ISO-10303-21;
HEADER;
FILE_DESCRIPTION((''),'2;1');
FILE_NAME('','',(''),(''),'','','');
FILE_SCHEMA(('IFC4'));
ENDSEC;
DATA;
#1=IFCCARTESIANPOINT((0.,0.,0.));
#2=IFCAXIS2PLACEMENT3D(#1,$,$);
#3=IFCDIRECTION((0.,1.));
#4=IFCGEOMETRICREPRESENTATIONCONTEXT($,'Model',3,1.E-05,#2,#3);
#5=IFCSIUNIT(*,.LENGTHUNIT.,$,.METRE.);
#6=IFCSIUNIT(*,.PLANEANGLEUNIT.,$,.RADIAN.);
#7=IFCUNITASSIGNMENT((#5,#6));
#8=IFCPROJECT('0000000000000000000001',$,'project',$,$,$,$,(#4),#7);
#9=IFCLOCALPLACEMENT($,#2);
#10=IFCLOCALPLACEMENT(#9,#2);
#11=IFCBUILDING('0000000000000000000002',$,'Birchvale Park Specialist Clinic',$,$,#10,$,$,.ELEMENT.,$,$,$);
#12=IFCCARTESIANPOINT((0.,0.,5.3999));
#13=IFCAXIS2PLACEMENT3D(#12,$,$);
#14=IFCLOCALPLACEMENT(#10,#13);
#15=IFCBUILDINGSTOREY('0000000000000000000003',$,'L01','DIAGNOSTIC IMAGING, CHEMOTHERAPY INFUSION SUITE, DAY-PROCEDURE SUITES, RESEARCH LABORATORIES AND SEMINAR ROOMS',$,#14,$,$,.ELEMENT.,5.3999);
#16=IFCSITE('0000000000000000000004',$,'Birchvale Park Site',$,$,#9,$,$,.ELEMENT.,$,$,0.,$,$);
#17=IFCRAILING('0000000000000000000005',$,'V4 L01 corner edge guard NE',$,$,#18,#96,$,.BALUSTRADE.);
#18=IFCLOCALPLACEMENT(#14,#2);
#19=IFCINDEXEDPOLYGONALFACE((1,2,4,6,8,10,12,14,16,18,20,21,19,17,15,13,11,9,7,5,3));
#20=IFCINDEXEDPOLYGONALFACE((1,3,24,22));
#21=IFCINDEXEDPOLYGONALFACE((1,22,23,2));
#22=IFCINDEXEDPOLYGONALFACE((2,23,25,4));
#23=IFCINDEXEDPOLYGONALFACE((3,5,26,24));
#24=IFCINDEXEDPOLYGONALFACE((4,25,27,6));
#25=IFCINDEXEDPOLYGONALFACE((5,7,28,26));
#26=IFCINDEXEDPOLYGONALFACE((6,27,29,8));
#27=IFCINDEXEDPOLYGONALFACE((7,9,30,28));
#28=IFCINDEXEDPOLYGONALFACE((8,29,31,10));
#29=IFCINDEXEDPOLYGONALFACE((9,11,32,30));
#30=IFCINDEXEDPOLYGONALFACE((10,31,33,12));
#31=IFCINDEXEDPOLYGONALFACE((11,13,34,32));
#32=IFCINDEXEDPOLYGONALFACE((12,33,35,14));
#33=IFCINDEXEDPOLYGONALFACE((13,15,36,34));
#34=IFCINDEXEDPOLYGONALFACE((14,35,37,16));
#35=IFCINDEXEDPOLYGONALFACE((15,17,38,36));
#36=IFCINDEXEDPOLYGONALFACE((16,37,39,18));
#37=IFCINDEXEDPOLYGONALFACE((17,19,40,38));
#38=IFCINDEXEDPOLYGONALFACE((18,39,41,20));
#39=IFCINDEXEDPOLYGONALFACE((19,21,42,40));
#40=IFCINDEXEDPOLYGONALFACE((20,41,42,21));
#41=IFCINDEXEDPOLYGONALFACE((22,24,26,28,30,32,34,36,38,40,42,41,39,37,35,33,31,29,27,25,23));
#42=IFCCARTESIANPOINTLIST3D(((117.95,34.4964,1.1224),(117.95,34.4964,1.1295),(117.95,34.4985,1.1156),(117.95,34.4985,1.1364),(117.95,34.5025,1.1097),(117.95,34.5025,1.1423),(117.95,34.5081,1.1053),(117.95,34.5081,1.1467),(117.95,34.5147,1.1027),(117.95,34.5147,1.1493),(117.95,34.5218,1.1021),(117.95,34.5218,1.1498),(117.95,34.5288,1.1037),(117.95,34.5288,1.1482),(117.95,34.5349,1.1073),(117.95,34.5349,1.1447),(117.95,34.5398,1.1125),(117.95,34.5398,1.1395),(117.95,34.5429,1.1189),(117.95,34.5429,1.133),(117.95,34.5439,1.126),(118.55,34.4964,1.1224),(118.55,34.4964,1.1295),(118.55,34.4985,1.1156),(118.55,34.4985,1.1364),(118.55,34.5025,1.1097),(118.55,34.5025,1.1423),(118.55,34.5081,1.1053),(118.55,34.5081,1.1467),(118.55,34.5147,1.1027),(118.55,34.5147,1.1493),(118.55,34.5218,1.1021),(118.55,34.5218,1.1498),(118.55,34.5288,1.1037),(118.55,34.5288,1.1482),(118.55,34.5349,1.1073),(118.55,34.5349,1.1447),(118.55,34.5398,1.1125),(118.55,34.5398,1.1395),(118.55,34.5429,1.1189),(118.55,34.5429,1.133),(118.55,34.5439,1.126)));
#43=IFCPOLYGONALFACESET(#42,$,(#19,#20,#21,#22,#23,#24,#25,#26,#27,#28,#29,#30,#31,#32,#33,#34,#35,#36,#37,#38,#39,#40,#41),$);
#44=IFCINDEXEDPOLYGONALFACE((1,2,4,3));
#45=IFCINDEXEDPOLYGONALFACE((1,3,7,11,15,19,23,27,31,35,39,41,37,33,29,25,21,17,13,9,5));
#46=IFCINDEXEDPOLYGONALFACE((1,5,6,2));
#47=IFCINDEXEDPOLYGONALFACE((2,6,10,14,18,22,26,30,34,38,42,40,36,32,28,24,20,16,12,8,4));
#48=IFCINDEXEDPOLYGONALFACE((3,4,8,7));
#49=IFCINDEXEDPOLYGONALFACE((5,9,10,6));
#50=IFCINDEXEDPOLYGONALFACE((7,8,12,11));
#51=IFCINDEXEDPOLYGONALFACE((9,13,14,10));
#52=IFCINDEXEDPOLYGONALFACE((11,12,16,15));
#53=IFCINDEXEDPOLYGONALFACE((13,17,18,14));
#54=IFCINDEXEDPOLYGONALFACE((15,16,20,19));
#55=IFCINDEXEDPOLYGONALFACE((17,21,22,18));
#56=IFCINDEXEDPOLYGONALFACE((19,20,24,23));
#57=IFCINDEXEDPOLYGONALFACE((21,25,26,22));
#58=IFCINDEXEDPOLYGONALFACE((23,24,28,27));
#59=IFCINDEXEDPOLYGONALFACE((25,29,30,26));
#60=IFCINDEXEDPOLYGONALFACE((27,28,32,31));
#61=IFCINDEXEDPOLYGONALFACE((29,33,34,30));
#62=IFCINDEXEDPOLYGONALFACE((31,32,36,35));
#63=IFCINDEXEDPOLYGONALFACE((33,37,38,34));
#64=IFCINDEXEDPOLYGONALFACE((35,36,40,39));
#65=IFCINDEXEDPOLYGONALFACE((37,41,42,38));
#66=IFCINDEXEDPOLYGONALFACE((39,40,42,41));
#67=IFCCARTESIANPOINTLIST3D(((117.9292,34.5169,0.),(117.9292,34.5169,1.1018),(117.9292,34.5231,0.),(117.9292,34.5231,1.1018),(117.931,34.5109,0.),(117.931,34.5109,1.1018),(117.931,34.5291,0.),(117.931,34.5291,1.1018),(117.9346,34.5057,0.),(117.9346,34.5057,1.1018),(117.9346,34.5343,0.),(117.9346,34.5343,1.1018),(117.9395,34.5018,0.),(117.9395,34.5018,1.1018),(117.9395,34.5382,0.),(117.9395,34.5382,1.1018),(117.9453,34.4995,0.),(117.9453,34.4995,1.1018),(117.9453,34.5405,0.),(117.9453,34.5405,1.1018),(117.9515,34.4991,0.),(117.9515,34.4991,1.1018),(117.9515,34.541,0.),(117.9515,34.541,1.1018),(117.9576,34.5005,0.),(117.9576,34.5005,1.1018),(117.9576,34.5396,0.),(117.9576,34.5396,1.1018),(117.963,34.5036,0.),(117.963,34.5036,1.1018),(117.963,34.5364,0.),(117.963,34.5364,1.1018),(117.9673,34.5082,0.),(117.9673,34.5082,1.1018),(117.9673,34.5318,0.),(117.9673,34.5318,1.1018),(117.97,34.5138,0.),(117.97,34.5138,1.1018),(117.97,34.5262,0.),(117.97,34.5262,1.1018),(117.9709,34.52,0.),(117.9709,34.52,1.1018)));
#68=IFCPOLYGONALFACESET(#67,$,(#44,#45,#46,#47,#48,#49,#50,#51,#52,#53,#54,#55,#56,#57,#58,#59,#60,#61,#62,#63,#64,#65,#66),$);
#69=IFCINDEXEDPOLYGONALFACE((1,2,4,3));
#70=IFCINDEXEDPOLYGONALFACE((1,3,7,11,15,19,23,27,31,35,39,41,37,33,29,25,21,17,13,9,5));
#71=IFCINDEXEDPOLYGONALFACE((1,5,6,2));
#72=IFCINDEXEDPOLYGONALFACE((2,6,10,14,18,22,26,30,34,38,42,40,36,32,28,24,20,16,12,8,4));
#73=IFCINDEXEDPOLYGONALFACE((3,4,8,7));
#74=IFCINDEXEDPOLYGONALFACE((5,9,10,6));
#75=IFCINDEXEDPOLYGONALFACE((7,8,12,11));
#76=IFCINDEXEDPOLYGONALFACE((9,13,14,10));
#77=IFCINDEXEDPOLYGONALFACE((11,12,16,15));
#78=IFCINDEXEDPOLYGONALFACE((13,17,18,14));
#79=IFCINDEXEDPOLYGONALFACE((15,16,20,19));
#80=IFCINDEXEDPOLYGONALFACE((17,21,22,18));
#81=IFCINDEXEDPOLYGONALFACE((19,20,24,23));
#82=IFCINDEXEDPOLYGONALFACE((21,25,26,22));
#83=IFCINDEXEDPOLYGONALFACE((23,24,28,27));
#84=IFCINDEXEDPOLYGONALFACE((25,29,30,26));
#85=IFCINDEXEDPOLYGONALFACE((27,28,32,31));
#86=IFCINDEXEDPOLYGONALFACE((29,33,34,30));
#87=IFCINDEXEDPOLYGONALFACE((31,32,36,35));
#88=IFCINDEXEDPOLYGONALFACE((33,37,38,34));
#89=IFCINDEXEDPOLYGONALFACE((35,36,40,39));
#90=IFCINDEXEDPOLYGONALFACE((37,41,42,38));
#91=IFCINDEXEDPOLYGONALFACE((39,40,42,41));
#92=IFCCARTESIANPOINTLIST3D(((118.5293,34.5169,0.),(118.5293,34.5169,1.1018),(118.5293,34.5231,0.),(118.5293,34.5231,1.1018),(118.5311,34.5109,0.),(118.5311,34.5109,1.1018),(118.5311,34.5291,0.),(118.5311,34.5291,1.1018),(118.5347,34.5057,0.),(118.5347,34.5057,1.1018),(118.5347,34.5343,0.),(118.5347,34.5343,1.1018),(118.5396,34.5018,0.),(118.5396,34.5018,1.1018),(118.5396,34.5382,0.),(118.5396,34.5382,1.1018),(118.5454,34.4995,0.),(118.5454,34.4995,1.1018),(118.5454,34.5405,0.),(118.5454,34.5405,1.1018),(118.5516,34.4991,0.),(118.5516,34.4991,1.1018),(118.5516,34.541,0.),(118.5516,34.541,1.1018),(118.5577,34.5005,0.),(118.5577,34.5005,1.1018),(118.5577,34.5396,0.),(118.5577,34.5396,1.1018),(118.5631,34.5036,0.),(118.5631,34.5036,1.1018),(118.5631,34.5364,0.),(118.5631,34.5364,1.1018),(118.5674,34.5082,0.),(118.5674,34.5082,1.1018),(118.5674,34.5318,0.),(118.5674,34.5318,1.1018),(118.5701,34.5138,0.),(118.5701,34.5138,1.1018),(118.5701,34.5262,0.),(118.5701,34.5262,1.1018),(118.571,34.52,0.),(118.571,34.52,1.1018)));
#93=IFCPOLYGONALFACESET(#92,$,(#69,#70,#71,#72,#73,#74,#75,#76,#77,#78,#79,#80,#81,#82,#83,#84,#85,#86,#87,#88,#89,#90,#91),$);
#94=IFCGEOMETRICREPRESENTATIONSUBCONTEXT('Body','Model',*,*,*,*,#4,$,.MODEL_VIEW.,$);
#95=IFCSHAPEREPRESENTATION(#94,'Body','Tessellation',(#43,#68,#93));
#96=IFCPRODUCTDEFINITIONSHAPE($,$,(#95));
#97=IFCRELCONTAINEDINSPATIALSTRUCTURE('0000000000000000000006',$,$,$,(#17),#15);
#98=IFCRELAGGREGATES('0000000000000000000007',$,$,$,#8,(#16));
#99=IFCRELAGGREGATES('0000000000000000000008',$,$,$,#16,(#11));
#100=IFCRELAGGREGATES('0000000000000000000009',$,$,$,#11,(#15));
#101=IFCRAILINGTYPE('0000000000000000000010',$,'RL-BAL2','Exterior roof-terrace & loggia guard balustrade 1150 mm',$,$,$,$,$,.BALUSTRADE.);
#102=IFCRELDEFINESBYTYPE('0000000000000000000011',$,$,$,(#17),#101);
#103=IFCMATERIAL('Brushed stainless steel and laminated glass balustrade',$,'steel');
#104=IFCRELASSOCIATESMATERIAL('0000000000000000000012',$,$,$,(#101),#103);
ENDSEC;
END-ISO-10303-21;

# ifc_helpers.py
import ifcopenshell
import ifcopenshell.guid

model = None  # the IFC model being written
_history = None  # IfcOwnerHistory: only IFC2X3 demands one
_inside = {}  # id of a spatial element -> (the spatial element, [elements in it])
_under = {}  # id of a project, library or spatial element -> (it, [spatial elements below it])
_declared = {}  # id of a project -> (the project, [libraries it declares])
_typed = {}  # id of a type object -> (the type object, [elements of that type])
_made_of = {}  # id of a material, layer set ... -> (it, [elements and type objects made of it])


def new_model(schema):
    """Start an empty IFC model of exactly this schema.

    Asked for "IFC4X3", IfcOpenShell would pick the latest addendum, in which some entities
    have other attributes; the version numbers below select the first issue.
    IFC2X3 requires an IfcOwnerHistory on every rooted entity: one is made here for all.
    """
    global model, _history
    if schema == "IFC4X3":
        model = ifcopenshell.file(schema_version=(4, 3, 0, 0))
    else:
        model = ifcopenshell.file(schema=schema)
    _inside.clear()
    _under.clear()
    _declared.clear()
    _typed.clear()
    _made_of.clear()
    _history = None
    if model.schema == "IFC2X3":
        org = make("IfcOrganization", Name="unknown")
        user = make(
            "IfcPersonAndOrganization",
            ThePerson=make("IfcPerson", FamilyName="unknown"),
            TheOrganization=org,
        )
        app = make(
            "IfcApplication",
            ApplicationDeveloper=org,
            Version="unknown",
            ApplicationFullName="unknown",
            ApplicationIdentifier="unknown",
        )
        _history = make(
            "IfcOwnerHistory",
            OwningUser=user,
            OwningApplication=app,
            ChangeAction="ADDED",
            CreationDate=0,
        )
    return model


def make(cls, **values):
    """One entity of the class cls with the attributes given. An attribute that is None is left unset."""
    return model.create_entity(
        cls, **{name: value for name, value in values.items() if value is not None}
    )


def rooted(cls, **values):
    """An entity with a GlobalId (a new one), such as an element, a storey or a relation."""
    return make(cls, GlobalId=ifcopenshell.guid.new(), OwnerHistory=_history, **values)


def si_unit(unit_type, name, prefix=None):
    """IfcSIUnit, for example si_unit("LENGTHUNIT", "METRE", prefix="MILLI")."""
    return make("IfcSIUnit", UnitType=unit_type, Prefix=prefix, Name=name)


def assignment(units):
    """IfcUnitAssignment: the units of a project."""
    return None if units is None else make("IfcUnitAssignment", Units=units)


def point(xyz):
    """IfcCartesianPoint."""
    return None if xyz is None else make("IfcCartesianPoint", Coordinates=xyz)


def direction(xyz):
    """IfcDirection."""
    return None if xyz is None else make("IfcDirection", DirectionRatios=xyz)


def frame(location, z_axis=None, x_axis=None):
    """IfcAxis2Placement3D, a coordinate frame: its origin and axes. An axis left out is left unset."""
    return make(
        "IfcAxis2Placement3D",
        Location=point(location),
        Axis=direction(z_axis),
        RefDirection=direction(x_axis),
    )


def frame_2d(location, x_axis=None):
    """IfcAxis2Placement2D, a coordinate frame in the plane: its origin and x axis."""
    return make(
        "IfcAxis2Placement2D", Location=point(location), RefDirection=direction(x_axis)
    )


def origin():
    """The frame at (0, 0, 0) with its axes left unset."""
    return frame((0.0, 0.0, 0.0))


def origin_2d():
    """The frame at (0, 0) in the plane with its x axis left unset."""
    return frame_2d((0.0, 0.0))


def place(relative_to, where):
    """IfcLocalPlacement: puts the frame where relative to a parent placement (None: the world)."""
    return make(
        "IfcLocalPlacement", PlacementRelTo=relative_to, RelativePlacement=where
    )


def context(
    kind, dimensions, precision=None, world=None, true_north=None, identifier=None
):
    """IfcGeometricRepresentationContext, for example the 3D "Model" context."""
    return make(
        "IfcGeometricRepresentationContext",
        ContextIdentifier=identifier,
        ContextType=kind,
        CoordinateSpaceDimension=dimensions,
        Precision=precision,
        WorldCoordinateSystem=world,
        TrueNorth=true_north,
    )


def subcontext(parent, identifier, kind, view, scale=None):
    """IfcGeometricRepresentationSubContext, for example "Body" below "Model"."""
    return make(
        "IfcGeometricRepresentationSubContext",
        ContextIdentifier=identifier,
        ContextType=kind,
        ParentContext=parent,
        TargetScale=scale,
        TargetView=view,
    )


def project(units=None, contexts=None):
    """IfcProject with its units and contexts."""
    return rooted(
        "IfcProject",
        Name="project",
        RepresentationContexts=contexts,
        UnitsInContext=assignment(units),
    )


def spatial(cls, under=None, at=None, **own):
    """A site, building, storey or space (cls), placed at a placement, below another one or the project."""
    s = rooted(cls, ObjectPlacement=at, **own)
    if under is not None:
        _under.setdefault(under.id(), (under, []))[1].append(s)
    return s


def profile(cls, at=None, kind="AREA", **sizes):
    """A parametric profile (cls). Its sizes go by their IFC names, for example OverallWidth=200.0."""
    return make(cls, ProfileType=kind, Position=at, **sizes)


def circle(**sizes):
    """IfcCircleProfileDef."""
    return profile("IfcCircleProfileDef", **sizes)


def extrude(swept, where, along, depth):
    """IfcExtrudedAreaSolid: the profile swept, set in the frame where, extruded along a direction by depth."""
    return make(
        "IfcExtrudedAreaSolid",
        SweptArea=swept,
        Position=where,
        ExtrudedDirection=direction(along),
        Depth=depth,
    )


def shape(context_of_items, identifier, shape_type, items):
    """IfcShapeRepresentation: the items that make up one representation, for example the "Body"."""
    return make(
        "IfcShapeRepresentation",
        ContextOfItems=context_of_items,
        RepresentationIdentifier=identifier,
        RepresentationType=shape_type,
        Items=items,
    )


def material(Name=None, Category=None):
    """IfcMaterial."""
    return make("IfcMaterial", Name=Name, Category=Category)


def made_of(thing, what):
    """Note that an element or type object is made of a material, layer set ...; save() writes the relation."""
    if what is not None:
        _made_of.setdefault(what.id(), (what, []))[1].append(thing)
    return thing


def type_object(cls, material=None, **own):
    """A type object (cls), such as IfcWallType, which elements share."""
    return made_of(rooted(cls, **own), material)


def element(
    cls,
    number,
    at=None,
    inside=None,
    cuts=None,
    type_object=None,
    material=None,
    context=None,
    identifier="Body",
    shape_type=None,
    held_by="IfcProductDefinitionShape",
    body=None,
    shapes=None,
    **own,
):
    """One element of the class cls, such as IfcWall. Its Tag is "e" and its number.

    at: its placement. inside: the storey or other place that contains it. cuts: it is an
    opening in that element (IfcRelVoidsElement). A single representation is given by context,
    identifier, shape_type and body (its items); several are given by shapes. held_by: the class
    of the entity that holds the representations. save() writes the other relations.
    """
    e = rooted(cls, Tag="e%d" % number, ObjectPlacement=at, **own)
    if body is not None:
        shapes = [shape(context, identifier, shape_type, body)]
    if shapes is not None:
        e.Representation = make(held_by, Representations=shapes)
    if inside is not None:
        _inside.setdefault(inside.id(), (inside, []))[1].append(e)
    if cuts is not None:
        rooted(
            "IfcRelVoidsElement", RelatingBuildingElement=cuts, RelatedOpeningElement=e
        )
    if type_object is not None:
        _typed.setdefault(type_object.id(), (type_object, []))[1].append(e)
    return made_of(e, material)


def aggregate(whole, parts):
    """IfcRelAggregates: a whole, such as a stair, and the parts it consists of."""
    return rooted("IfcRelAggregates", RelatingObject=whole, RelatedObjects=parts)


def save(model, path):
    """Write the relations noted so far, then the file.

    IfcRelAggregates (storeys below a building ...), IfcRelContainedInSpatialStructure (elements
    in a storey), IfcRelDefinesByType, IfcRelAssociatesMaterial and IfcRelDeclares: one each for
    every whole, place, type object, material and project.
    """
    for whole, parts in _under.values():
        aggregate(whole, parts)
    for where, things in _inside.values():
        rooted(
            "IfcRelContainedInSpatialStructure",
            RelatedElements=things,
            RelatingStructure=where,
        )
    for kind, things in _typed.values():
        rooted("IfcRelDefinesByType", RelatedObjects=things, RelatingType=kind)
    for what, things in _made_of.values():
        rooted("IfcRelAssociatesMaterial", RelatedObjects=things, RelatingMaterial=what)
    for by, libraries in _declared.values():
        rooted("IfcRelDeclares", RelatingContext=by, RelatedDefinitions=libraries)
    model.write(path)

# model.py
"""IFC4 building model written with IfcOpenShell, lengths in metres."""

from ifc_helpers import new_model, si_unit, direction, frame, origin, origin_2d, place, context, subcontext, project, spatial, circle, extrude, material, type_object, element, save


model = new_model("IFC4")

# Units and contexts
model_context = context("Model", 3, precision=1e-05, world=origin(), true_north=direction((0.0, 1.0)))
body_context = subcontext(model_context, "Body", "Model", "MODEL_VIEW")
ifc_project = project(units=[si_unit("LENGTHUNIT", "METRE"), si_unit("PLANEANGLEUNIT", "RADIAN")], contexts=[model_context])

# Site, building, storey
site_placement = place(None, origin())
site = spatial("IfcSite", under=ifc_project, at=site_placement, Name="Birchvale Park Site", CompositionType="ELEMENT", RefElevation=0.0)
building_placement = place(site_placement, origin())
building = spatial("IfcBuilding", under=site, at=building_placement, Name="Birchvale Park Specialist Clinic", CompositionType="ELEMENT")
storey_placement = place(building_placement, frame((0.0, 0.0, 5.3999)))
storey = spatial("IfcBuildingStorey", under=building, at=storey_placement, Name="L01", Description="DIAGNOSTIC IMAGING, CHEMOTHERAPY INFUSION SUITE, DAY-PROCEDURE SUITES, RESEARCH LABORATORIES AND SEMINAR ROOMS", CompositionType="ELEMENT", Elevation=5.3999)

# Railing
ifc_material_1 = material(Name="Brushed stainless steel and laminated glass balustrade", Category="steel")
railing_type = type_object("IfcRailingType", Name="RL-BAL2", Description="Exterior roof-terrace & loggia guard balustrade 1150 mm", PredefinedType="BALUSTRADE", material=ifc_material_1)
railing_placement = place(storey_placement, frame((117.95, 34.52, 0.0)))
element("IfcRailing", 1, at=railing_placement, inside=storey, type_object=railing_type, Name="V4 L01 corner edge guard NE", PredefinedType="BALUSTRADE", context=body_context, shape_type="SweptSolid", body=[
    extrude(circle(Radius=0.0239, at=origin_2d()), frame((0.0, 0.0, 1.126), z_axis=(1.0, 0.0, 0.0), x_axis=(0.0, 1.0, 0.0)), (0.0, 0.0, 1.0), 0.6001),
    extrude(circle(Radius=0.021, at=origin_2d()), origin(), (0.0, 0.0, 1.0), 1.1018),
    extrude(circle(Radius=0.021, at=origin_2d()), frame((0.6001, 0.0, 0.0)), (0.0, 0.0, 1.0), 1.1018),
])

save(model, "model.ifc")
